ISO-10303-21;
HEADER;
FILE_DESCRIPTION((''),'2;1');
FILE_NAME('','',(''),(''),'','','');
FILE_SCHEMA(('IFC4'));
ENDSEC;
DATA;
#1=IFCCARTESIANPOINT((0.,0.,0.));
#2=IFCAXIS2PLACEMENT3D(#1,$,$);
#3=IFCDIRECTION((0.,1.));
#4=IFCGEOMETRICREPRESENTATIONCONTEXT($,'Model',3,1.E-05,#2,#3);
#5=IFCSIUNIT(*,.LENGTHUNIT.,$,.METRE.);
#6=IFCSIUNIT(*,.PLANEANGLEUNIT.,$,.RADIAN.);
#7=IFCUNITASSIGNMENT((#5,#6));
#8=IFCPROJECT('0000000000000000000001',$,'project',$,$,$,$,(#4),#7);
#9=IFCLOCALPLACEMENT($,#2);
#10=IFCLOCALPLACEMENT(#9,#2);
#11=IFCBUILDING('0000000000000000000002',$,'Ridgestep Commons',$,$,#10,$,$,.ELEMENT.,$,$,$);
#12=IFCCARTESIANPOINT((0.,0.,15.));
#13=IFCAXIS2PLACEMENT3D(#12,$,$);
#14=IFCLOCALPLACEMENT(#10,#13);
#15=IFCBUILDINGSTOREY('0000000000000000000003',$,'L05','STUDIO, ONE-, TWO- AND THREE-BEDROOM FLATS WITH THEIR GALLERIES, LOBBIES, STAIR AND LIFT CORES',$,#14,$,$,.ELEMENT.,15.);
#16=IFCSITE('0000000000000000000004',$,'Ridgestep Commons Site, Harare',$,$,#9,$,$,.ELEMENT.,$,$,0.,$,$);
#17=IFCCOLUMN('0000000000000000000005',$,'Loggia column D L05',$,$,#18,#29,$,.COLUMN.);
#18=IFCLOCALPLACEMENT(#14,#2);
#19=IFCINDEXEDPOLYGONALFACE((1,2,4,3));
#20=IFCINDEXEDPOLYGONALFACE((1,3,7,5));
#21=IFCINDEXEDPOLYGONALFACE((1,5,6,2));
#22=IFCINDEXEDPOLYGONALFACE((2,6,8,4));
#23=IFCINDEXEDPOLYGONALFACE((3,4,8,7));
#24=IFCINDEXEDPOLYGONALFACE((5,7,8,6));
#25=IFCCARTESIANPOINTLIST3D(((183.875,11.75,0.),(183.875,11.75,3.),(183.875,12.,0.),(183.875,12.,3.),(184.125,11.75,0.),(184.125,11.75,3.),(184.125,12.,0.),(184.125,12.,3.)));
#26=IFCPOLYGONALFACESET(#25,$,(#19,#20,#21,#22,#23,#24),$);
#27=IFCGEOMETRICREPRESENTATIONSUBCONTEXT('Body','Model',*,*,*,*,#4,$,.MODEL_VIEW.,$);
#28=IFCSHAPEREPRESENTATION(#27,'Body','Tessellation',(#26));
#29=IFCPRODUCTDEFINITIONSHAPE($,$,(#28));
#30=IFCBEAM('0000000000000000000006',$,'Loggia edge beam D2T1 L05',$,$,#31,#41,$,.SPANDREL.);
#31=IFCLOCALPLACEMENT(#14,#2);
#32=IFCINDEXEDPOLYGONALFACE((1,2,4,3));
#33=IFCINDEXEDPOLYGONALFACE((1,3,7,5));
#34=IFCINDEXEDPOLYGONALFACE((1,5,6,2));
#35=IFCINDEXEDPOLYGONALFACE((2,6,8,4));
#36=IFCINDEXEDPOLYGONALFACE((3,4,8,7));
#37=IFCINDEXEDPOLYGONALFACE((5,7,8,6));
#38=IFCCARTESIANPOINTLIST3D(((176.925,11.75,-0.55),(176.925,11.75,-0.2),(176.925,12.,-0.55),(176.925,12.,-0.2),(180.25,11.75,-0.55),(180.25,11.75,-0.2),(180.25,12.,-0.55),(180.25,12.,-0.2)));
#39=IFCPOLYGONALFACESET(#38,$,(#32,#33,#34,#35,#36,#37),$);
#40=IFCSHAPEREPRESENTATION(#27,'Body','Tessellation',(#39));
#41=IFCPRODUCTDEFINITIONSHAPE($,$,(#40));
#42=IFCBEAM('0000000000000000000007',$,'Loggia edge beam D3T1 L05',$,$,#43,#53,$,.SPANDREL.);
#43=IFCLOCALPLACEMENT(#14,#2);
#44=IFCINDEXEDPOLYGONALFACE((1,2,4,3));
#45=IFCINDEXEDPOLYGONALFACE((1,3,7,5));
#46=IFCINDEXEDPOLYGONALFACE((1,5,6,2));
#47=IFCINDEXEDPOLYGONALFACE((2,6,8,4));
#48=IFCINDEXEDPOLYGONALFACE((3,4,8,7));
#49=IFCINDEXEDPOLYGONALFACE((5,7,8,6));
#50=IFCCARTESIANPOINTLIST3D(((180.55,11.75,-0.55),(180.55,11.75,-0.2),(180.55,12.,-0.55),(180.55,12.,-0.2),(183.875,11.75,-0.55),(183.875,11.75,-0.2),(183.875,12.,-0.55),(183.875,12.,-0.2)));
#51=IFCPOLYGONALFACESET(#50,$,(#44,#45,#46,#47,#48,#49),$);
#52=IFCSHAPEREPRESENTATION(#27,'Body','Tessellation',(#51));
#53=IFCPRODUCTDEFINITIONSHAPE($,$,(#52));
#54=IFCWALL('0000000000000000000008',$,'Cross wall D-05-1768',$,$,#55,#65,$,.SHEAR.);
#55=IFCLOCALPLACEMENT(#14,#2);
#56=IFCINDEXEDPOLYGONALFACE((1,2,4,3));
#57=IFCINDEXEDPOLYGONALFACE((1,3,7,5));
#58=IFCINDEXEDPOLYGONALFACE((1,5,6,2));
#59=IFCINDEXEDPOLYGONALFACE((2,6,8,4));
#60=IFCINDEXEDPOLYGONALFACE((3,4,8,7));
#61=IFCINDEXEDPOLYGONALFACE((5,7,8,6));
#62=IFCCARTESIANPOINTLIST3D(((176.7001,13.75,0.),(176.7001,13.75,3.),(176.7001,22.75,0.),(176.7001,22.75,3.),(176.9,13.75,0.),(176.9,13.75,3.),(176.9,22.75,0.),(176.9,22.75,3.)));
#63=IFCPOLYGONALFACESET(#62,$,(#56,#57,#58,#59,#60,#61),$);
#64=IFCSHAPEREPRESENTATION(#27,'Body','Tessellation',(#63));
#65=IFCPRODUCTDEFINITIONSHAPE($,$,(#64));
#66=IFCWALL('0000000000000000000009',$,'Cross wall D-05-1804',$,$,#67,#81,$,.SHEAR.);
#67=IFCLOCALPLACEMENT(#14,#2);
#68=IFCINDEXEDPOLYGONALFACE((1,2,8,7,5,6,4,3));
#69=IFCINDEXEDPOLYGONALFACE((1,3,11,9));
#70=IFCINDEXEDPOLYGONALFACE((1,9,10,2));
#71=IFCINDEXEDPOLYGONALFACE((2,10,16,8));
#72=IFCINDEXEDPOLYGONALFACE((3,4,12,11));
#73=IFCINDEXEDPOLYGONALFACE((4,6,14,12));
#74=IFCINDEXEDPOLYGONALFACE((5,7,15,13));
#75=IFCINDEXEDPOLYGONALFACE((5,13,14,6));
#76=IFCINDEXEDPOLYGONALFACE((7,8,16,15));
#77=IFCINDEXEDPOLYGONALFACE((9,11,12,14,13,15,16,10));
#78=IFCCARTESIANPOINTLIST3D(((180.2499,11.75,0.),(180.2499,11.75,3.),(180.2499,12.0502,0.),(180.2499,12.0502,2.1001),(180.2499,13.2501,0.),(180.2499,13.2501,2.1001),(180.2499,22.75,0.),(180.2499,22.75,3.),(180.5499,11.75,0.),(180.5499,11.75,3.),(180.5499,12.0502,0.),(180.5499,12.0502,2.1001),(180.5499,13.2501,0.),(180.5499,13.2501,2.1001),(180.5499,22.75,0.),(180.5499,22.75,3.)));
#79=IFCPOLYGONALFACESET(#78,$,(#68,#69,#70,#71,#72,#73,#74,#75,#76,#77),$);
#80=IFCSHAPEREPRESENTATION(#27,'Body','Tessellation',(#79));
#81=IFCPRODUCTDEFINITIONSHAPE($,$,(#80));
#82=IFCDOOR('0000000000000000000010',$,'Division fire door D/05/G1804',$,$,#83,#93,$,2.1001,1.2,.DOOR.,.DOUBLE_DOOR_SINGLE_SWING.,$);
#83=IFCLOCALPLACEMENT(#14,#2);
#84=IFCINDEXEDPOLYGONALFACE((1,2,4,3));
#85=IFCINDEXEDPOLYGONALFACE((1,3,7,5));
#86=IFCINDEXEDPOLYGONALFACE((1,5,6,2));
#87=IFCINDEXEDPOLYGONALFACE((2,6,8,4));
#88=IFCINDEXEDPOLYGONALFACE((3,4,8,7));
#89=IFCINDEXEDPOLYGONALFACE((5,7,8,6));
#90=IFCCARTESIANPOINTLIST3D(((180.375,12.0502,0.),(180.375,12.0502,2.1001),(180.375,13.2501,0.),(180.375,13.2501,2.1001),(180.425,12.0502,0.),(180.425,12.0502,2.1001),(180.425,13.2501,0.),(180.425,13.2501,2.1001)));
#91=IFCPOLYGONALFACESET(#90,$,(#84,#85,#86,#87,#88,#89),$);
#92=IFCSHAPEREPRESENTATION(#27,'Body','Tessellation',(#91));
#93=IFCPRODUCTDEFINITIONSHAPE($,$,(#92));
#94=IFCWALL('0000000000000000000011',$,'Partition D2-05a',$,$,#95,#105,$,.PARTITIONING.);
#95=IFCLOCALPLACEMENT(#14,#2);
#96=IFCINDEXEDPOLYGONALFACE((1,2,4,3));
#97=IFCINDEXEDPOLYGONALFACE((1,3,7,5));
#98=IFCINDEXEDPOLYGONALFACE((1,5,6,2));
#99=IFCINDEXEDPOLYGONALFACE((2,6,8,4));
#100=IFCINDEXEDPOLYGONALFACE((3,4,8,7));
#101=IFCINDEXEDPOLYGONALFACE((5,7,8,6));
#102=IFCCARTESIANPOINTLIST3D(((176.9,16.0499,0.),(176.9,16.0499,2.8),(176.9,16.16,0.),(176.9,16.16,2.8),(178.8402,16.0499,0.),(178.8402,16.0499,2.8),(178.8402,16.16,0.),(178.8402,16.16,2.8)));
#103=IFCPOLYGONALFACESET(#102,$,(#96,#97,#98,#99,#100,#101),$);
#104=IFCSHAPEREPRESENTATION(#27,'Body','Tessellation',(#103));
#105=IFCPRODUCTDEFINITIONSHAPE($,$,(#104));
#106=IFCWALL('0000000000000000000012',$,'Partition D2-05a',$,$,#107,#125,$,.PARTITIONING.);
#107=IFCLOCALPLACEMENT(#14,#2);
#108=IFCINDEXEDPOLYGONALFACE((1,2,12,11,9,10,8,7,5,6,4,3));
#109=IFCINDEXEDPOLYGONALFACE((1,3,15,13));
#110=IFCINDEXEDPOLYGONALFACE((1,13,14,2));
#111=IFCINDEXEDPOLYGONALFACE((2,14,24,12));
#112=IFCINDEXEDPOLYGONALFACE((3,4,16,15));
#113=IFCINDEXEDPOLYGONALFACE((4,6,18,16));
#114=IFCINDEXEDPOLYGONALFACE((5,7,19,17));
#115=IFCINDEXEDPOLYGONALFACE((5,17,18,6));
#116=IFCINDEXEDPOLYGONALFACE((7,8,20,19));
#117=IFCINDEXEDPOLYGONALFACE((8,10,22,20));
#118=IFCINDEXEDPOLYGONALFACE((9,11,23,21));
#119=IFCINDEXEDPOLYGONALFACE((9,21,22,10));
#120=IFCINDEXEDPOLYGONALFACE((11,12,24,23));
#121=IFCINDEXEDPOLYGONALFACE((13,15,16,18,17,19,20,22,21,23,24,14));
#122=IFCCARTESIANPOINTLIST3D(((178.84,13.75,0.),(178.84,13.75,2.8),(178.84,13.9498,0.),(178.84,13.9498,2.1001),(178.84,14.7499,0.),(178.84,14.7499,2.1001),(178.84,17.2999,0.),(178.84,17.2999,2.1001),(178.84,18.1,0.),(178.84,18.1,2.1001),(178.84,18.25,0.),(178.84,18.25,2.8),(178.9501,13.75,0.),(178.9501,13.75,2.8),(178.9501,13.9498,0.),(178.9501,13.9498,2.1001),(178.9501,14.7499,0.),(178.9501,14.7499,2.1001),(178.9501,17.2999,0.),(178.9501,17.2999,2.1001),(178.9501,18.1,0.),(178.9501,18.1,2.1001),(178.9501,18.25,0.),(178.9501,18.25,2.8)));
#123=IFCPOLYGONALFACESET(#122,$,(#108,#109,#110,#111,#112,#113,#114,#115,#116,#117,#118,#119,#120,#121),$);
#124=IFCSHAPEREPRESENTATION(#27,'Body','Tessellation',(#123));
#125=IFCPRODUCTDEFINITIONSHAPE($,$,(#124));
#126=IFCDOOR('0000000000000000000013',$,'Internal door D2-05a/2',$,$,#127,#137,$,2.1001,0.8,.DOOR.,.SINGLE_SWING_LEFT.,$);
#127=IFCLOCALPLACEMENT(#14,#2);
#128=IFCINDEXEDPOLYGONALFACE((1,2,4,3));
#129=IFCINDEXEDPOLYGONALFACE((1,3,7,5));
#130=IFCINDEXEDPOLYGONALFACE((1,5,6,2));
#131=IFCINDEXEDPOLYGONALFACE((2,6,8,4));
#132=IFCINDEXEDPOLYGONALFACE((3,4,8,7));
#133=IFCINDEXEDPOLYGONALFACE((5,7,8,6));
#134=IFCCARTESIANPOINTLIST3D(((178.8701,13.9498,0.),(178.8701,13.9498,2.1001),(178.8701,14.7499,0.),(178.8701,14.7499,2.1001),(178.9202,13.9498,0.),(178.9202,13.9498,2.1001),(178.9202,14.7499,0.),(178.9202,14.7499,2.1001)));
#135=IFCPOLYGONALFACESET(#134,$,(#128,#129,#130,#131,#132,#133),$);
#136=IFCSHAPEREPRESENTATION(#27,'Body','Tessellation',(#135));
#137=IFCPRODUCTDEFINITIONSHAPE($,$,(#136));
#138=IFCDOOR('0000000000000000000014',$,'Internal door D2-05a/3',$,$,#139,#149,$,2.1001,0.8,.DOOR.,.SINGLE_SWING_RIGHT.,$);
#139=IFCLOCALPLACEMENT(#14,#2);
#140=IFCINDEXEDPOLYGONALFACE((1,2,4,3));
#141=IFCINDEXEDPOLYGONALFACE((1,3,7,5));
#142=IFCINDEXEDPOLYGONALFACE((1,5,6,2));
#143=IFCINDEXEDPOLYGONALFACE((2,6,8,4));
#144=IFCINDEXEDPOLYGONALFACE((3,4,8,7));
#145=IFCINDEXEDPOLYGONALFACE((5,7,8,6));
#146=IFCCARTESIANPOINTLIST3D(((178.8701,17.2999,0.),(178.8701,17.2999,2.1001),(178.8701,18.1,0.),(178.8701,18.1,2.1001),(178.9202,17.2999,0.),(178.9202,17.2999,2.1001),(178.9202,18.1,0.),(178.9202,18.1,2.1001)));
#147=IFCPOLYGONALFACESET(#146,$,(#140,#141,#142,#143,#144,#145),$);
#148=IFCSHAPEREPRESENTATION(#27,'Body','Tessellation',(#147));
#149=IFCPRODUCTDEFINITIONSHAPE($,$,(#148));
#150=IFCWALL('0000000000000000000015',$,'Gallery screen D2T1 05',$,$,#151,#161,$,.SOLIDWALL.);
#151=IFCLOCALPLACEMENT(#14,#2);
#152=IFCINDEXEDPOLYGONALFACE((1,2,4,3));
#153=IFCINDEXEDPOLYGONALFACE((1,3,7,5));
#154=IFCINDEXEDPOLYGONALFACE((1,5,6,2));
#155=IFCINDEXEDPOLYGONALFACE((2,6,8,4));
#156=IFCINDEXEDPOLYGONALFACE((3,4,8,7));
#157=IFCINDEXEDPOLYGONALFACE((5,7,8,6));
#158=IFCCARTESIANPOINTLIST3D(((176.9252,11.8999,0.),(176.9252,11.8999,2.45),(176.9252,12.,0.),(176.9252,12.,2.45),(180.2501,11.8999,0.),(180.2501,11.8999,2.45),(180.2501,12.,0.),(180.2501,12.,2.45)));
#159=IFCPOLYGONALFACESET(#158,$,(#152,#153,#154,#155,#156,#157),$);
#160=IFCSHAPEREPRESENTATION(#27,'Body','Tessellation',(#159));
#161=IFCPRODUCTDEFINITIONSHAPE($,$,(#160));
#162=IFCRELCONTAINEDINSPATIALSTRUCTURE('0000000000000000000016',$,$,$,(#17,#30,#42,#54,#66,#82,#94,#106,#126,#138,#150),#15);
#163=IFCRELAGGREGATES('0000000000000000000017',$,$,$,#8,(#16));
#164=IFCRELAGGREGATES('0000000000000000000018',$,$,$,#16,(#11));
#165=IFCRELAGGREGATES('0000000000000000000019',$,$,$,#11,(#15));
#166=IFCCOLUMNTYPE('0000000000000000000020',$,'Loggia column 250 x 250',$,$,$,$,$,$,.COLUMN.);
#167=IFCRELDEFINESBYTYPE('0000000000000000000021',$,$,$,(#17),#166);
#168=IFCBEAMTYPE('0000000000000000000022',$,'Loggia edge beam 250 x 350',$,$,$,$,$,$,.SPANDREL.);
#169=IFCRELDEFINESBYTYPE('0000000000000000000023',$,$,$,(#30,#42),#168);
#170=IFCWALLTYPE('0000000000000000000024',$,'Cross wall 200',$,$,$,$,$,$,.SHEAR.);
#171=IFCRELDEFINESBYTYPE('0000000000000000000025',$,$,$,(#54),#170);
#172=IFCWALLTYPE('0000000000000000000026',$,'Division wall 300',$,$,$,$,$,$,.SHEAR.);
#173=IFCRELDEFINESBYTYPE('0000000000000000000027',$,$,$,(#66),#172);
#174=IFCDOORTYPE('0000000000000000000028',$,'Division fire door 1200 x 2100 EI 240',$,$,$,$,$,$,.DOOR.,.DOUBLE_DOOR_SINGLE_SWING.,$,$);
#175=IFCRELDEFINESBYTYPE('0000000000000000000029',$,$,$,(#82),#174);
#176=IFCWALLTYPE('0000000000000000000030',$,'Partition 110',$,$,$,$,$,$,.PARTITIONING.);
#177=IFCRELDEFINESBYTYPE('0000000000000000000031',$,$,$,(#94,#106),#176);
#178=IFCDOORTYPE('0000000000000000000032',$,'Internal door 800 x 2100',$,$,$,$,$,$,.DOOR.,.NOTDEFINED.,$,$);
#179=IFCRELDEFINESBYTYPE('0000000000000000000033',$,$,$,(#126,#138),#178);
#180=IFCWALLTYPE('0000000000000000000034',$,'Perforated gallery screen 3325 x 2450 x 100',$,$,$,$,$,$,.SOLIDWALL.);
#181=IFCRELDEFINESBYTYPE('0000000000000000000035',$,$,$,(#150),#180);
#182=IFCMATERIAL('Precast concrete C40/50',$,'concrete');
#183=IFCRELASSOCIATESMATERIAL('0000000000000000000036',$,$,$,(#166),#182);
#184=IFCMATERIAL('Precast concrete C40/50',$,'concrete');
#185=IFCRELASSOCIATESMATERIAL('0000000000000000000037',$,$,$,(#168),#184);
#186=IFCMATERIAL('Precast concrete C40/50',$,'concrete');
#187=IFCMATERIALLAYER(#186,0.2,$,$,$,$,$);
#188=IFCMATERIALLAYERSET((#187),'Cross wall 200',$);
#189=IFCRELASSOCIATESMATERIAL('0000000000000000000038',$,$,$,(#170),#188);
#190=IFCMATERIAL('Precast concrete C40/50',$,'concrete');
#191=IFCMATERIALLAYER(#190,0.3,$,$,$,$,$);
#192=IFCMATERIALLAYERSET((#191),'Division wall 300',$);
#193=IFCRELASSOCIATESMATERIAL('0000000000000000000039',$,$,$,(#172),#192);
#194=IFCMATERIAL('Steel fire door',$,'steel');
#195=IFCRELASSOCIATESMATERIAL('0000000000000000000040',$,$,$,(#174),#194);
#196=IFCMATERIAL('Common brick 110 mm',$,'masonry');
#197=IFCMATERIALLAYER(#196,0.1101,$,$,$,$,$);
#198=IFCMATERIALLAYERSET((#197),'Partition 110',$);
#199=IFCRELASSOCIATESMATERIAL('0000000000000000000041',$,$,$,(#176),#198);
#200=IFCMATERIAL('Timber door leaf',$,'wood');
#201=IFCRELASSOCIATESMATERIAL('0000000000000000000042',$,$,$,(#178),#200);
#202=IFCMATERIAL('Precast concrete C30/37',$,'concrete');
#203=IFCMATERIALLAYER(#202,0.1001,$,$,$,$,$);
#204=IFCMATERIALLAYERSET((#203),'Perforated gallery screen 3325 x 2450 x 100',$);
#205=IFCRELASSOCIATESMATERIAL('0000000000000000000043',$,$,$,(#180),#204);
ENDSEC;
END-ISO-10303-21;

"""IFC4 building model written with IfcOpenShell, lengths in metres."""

from ifc_helpers import new_model, si_unit, direction, frame, frame_2d, origin, origin_2d, place, context, subcontext, project, spatial, rectangle, extrude, material, layer, layer_set, material_profile, profile_set, type_object, element, fill, save


model = new_model("IFC4")

# Units and contexts
model_context = context("Model", 3, precision=1e-05, world=origin(), true_north=direction((0.0, 1.0)))
body_context = subcontext(model_context, "Body", "Model", "MODEL_VIEW")
ifc_project = project(units=[si_unit("LENGTHUNIT", "METRE"), si_unit("PLANEANGLEUNIT", "RADIAN")], contexts=[model_context])

# Site, building, storey
site_placement = place(None, origin())
site = spatial("IfcSite", under=ifc_project, at=site_placement, Name="Ridgestep Commons Site, Harare", CompositionType="ELEMENT", RefElevation=0.0)
building_placement = place(site_placement, origin())
building = spatial("IfcBuilding", under=site, at=building_placement, Name="Ridgestep Commons", CompositionType="ELEMENT")
storey_placement = place(building_placement, frame((0.0, 0.0, 15.0)))
storey = spatial("IfcBuildingStorey", under=building, at=storey_placement, Name="L05", Description="STUDIO, ONE-, TWO- AND THREE-BEDROOM FLATS WITH THEIR GALLERIES, LOBBIES, STAIR AND LIFT CORES", CompositionType="ELEMENT", Elevation=15.0)

# Column
ifc_material_1 = material(Name="Precast concrete C40/50", Category="concrete")
ifc_material_profile_1 = material_profile(ifc_material_1, rectangle(XDim=0.25, YDim=0.25, at=origin_2d()), Name="PC 250x250")
ifc_profile_set_1 = profile_set([ifc_material_profile_1], Name="Precast concrete C40/50")
column_type = type_object("IfcColumnType", Name="Loggia column 250 x 250", PredefinedType="COLUMN", material=ifc_profile_set_1)
column_placement = place(storey_placement, frame((184.0, 11.875, 0.0), z_axis=(0.0, 0.0, 1.0), x_axis=(1.0, 0.0, 0.0)))
element("IfcColumn", 1, at=column_placement, inside=storey, type_object=column_type, Name="Loggia column D L05", PredefinedType="COLUMN", context=body_context, shape_type="SweptSolid", body=[
    extrude(rectangle(XDim=0.25, YDim=0.25, at=origin_2d()), origin(), (0.0, 0.0, 1.0), 3.0),
])

# Beams
ifc_material_2 = material(Name="Precast concrete C40/50", Category="concrete")
ifc_material_profile_2 = material_profile(ifc_material_2, rectangle(XDim=0.25, YDim=0.3501, at=origin_2d()), Name="PC 250x350")
ifc_profile_set_2 = profile_set([ifc_material_profile_2], Name="Precast concrete C40/50")
beam_type = type_object("IfcBeamType", Name="Loggia edge beam 250 x 350", PredefinedType="SPANDREL", material=ifc_profile_set_2)
for number, where, z_axis, x_axis, name in (
    (2, (176.925, 11.875, -0.375), (1.0, 0.0, 0.0), (0.0, 1.0, 0.0), "Loggia edge beam D2T1 L05"),
    (3, (180.55, 11.875, -0.375), (1.0, 0.0, 0.0), (0.0, 1.0, 0.0), "Loggia edge beam D3T1 L05"),
):
    element("IfcBeam", number, at=place(storey_placement, frame(where, z_axis=z_axis, x_axis=x_axis)), inside=storey, type_object=beam_type, Name=name, PredefinedType="SPANDREL", context=body_context, shape_type="SweptSolid", body=[
        extrude(rectangle(XDim=0.25, YDim=0.3501, at=origin_2d()), origin(), (0.0, 0.0, 1.0), 3.325),
    ])

# Wall
ifc_material_3 = material(Name="Precast concrete C40/50", Category="concrete")
ifc_layer_1 = layer(ifc_material_3, 0.2)
ifc_layer_set_1 = layer_set([ifc_layer_1], Name="Cross wall 200")
wall_type_1 = type_object("IfcWallType", Name="Cross wall 200", PredefinedType="SHEAR", material=ifc_layer_set_1)
wall_1_placement = place(storey_placement, frame((176.8, 13.75, 0.0), z_axis=(0.0, 0.0, 1.0), x_axis=(0.0, 1.0, 0.0)))
element("IfcWall", 4, at=wall_1_placement, inside=storey, type_object=wall_type_1, Name="Cross wall D-05-1768", PredefinedType="SHEAR", context=body_context, shape_type="SweptSolid", body=[
    extrude(rectangle(XDim=9.0, YDim=0.2, at=frame_2d((4.5, 0.0))), origin(), (0.0, 0.0, 1.0), 3.0),
])

# Wall, opening, door
ifc_material_4 = material(Name="Precast concrete C40/50", Category="concrete")
ifc_layer_2 = layer(ifc_material_4, 0.3)
ifc_layer_set_2 = layer_set([ifc_layer_2], Name="Division wall 300")
wall_type_2 = type_object("IfcWallType", Name="Division wall 300", PredefinedType="SHEAR", material=ifc_layer_set_2)
wall_2_placement = place(storey_placement, frame((180.3999, 11.75, 0.0), z_axis=(0.0, 0.0, 1.0), x_axis=(0.0, 1.0, 0.0)))
wall_2 = element("IfcWall", 5, at=wall_2_placement, inside=storey, type_object=wall_type_2, Name="Cross wall D-05-1804", PredefinedType="SHEAR", context=body_context, shape_type="SweptSolid", body=[
    extrude(rectangle(XDim=11.0, YDim=0.3, at=frame_2d((5.5, 0.0))), origin(), (0.0, 0.0, 1.0), 3.0),
])
opening_1_placement = place(wall_2_placement, frame((0.3, 0.0, 0.0)))
opening_1 = element("IfcOpeningElement", 6, at=opening_1_placement, cuts=wall_2, PredefinedType="OPENING", context=body_context, shape_type="SweptSolid", body=[
    extrude(rectangle(XDim=1.2, YDim=2.1001, at=frame_2d((0.6001, 1.05))), frame((0.0, 0.1599, 0.0), z_axis=(0.0, -1.0, 0.0), x_axis=(1.0, 0.0, 0.0)), (0.0, 0.0, 1.0), 0.3201),
])
ifc_material_5 = material(Name="Steel fire door", Category="steel")
door_type_1 = type_object("IfcDoorType", Name="Division fire door 1200 x 2100 EI 240", OperationType="DOUBLE_DOOR_SINGLE_SWING", PredefinedType="DOOR", material=ifc_material_5)
door_1_placement = place(opening_1_placement, origin())
door_1 = element("IfcDoor", 7, at=door_1_placement, inside=storey, type_object=door_type_1, Name="Division fire door D/05/G1804", OperationType="DOUBLE_DOOR_SINGLE_SWING", OverallHeight=2.1001, OverallWidth=1.2, PredefinedType="DOOR", context=body_context, shape_type="SweptSolid", body=[
    extrude(rectangle(XDim=1.2, YDim=2.1001, at=frame_2d((0.6001, 1.05))), frame((0.0, 0.0249, 0.0), z_axis=(0.0, -1.0, 0.0), x_axis=(1.0, 0.0, 0.0)), (0.0, 0.0, 1.0), 0.05),
])
fill(opening_1, door_1)

# Wall
ifc_material_6 = material(Name="Common brick 110 mm", Category="masonry")
ifc_layer_3 = layer(ifc_material_6, 0.1101)
ifc_layer_set_3 = layer_set([ifc_layer_3], Name="Partition 110")
wall_type_3 = type_object("IfcWallType", Name="Partition 110", PredefinedType="PARTITIONING", material=ifc_layer_set_3)
wall_3_placement = place(storey_placement, frame((176.8999, 16.105, 0.0), z_axis=(0.0, 0.0, 1.0), x_axis=(1.0, 0.0, 0.0)))
element("IfcWall", 8, at=wall_3_placement, inside=storey, type_object=wall_type_3, Name="Partition D2-05a", PredefinedType="PARTITIONING", context=body_context, shape_type="SweptSolid", body=[
    extrude(rectangle(XDim=1.9402, YDim=0.1101, at=frame_2d((0.9702, 0.0))), origin(), (0.0, 0.0, 1.0), 2.8),
])

# Wall, openings, doors
wall_4_placement = place(storey_placement, frame((178.895, 13.75, 0.0), z_axis=(0.0, 0.0, 1.0), x_axis=(0.0, 1.0, 0.0)))
wall_4 = element("IfcWall", 9, at=wall_4_placement, inside=storey, type_object=wall_type_3, Name="Partition D2-05a", PredefinedType="PARTITIONING", context=body_context, shape_type="SweptSolid", body=[
    extrude(rectangle(XDim=4.5, YDim=0.1101, at=frame_2d((2.25, 0.0))), origin(), (0.0, 0.0, 1.0), 2.8),
])
opening_2_placement = place(wall_4_placement, frame((0.2, 0.0, 0.0)))
opening_2 = element("IfcOpeningElement", 10, at=opening_2_placement, cuts=wall_4, PredefinedType="OPENING", context=body_context, shape_type="SweptSolid", body=[
    extrude(rectangle(XDim=0.8, YDim=2.1001, at=frame_2d((0.3999, 1.05))), frame((0.0, 0.0649, 0.0), z_axis=(0.0, -1.0, 0.0), x_axis=(1.0, 0.0, 0.0)), (0.0, 0.0, 1.0), 0.1301),
])
opening_3_placement = place(wall_4_placement, frame((3.55, 0.0, 0.0)))
opening_3 = element("IfcOpeningElement", 11, at=opening_3_placement, cuts=wall_4, PredefinedType="OPENING", context=body_context, shape_type="SweptSolid", body=[
    extrude(rectangle(XDim=0.8, YDim=2.1001, at=frame_2d((0.3999, 1.05))), frame((0.0, 0.0649, 0.0), z_axis=(0.0, -1.0, 0.0), x_axis=(1.0, 0.0, 0.0)), (0.0, 0.0, 1.0), 0.1301),
])
ifc_material_7 = material(Name="Timber door leaf", Category="wood")
door_type_2 = type_object("IfcDoorType", Name="Internal door 800 x 2100", OperationType="NOTDEFINED", PredefinedType="DOOR", material=ifc_material_7)
door_2_placement = place(opening_2_placement, origin())
door_2 = element("IfcDoor", 12, at=door_2_placement, inside=storey, type_object=door_type_2, Name="Internal door D2-05a/2", OperationType="SINGLE_SWING_LEFT", OverallHeight=2.1001, OverallWidth=0.8, PredefinedType="DOOR", context=body_context, shape_type="SweptSolid", body=[
    extrude(rectangle(XDim=0.8, YDim=2.1001, at=frame_2d((0.3999, 1.05))), frame((0.0, 0.0249, 0.0), z_axis=(0.0, -1.0, 0.0), x_axis=(1.0, 0.0, 0.0)), (0.0, 0.0, 1.0), 0.05),
])
fill(opening_2, door_2)
door_3_placement = place(opening_3_placement, origin())
door_3 = element("IfcDoor", 13, at=door_3_placement, inside=storey, type_object=door_type_2, Name="Internal door D2-05a/3", OperationType="SINGLE_SWING_RIGHT", OverallHeight=2.1001, OverallWidth=0.8, PredefinedType="DOOR", context=body_context, shape_type="SweptSolid", body=[
    extrude(rectangle(XDim=0.8, YDim=2.1001, at=frame_2d((0.3999, 1.05))), frame((0.0, 0.0249, 0.0), z_axis=(0.0, -1.0, 0.0), x_axis=(1.0, 0.0, 0.0)), (0.0, 0.0, 1.0), 0.05),
])
fill(opening_3, door_3)

# Wall
ifc_material_8 = material(Name="Precast concrete C30/37", Category="concrete")
ifc_layer_4 = layer(ifc_material_8, 0.1001)
ifc_layer_set_4 = layer_set([ifc_layer_4], Name="Perforated gallery screen 3325 x 2450 x 100")
wall_type_4 = type_object("IfcWallType", Name="Perforated gallery screen 3325 x 2450 x 100", PredefinedType="SOLIDWALL", material=ifc_layer_set_4)
wall_5_placement = place(storey_placement, frame((176.925, 11.95, 0.0), z_axis=(0.0, 0.0, 1.0), x_axis=(1.0, 0.0, 0.0)))
element("IfcWall", 14, at=wall_5_placement, inside=storey, type_object=wall_type_4, Name="Gallery screen D2T1 05", PredefinedType="SOLIDWALL", context=body_context, shape_type="SweptSolid", body=[
    extrude(rectangle(XDim=3.325, YDim=0.1001, at=frame_2d((1.6626, 0.0))), origin(), (0.0, 0.0, 1.0), 2.45),
])

save(model, "model.ifc")
